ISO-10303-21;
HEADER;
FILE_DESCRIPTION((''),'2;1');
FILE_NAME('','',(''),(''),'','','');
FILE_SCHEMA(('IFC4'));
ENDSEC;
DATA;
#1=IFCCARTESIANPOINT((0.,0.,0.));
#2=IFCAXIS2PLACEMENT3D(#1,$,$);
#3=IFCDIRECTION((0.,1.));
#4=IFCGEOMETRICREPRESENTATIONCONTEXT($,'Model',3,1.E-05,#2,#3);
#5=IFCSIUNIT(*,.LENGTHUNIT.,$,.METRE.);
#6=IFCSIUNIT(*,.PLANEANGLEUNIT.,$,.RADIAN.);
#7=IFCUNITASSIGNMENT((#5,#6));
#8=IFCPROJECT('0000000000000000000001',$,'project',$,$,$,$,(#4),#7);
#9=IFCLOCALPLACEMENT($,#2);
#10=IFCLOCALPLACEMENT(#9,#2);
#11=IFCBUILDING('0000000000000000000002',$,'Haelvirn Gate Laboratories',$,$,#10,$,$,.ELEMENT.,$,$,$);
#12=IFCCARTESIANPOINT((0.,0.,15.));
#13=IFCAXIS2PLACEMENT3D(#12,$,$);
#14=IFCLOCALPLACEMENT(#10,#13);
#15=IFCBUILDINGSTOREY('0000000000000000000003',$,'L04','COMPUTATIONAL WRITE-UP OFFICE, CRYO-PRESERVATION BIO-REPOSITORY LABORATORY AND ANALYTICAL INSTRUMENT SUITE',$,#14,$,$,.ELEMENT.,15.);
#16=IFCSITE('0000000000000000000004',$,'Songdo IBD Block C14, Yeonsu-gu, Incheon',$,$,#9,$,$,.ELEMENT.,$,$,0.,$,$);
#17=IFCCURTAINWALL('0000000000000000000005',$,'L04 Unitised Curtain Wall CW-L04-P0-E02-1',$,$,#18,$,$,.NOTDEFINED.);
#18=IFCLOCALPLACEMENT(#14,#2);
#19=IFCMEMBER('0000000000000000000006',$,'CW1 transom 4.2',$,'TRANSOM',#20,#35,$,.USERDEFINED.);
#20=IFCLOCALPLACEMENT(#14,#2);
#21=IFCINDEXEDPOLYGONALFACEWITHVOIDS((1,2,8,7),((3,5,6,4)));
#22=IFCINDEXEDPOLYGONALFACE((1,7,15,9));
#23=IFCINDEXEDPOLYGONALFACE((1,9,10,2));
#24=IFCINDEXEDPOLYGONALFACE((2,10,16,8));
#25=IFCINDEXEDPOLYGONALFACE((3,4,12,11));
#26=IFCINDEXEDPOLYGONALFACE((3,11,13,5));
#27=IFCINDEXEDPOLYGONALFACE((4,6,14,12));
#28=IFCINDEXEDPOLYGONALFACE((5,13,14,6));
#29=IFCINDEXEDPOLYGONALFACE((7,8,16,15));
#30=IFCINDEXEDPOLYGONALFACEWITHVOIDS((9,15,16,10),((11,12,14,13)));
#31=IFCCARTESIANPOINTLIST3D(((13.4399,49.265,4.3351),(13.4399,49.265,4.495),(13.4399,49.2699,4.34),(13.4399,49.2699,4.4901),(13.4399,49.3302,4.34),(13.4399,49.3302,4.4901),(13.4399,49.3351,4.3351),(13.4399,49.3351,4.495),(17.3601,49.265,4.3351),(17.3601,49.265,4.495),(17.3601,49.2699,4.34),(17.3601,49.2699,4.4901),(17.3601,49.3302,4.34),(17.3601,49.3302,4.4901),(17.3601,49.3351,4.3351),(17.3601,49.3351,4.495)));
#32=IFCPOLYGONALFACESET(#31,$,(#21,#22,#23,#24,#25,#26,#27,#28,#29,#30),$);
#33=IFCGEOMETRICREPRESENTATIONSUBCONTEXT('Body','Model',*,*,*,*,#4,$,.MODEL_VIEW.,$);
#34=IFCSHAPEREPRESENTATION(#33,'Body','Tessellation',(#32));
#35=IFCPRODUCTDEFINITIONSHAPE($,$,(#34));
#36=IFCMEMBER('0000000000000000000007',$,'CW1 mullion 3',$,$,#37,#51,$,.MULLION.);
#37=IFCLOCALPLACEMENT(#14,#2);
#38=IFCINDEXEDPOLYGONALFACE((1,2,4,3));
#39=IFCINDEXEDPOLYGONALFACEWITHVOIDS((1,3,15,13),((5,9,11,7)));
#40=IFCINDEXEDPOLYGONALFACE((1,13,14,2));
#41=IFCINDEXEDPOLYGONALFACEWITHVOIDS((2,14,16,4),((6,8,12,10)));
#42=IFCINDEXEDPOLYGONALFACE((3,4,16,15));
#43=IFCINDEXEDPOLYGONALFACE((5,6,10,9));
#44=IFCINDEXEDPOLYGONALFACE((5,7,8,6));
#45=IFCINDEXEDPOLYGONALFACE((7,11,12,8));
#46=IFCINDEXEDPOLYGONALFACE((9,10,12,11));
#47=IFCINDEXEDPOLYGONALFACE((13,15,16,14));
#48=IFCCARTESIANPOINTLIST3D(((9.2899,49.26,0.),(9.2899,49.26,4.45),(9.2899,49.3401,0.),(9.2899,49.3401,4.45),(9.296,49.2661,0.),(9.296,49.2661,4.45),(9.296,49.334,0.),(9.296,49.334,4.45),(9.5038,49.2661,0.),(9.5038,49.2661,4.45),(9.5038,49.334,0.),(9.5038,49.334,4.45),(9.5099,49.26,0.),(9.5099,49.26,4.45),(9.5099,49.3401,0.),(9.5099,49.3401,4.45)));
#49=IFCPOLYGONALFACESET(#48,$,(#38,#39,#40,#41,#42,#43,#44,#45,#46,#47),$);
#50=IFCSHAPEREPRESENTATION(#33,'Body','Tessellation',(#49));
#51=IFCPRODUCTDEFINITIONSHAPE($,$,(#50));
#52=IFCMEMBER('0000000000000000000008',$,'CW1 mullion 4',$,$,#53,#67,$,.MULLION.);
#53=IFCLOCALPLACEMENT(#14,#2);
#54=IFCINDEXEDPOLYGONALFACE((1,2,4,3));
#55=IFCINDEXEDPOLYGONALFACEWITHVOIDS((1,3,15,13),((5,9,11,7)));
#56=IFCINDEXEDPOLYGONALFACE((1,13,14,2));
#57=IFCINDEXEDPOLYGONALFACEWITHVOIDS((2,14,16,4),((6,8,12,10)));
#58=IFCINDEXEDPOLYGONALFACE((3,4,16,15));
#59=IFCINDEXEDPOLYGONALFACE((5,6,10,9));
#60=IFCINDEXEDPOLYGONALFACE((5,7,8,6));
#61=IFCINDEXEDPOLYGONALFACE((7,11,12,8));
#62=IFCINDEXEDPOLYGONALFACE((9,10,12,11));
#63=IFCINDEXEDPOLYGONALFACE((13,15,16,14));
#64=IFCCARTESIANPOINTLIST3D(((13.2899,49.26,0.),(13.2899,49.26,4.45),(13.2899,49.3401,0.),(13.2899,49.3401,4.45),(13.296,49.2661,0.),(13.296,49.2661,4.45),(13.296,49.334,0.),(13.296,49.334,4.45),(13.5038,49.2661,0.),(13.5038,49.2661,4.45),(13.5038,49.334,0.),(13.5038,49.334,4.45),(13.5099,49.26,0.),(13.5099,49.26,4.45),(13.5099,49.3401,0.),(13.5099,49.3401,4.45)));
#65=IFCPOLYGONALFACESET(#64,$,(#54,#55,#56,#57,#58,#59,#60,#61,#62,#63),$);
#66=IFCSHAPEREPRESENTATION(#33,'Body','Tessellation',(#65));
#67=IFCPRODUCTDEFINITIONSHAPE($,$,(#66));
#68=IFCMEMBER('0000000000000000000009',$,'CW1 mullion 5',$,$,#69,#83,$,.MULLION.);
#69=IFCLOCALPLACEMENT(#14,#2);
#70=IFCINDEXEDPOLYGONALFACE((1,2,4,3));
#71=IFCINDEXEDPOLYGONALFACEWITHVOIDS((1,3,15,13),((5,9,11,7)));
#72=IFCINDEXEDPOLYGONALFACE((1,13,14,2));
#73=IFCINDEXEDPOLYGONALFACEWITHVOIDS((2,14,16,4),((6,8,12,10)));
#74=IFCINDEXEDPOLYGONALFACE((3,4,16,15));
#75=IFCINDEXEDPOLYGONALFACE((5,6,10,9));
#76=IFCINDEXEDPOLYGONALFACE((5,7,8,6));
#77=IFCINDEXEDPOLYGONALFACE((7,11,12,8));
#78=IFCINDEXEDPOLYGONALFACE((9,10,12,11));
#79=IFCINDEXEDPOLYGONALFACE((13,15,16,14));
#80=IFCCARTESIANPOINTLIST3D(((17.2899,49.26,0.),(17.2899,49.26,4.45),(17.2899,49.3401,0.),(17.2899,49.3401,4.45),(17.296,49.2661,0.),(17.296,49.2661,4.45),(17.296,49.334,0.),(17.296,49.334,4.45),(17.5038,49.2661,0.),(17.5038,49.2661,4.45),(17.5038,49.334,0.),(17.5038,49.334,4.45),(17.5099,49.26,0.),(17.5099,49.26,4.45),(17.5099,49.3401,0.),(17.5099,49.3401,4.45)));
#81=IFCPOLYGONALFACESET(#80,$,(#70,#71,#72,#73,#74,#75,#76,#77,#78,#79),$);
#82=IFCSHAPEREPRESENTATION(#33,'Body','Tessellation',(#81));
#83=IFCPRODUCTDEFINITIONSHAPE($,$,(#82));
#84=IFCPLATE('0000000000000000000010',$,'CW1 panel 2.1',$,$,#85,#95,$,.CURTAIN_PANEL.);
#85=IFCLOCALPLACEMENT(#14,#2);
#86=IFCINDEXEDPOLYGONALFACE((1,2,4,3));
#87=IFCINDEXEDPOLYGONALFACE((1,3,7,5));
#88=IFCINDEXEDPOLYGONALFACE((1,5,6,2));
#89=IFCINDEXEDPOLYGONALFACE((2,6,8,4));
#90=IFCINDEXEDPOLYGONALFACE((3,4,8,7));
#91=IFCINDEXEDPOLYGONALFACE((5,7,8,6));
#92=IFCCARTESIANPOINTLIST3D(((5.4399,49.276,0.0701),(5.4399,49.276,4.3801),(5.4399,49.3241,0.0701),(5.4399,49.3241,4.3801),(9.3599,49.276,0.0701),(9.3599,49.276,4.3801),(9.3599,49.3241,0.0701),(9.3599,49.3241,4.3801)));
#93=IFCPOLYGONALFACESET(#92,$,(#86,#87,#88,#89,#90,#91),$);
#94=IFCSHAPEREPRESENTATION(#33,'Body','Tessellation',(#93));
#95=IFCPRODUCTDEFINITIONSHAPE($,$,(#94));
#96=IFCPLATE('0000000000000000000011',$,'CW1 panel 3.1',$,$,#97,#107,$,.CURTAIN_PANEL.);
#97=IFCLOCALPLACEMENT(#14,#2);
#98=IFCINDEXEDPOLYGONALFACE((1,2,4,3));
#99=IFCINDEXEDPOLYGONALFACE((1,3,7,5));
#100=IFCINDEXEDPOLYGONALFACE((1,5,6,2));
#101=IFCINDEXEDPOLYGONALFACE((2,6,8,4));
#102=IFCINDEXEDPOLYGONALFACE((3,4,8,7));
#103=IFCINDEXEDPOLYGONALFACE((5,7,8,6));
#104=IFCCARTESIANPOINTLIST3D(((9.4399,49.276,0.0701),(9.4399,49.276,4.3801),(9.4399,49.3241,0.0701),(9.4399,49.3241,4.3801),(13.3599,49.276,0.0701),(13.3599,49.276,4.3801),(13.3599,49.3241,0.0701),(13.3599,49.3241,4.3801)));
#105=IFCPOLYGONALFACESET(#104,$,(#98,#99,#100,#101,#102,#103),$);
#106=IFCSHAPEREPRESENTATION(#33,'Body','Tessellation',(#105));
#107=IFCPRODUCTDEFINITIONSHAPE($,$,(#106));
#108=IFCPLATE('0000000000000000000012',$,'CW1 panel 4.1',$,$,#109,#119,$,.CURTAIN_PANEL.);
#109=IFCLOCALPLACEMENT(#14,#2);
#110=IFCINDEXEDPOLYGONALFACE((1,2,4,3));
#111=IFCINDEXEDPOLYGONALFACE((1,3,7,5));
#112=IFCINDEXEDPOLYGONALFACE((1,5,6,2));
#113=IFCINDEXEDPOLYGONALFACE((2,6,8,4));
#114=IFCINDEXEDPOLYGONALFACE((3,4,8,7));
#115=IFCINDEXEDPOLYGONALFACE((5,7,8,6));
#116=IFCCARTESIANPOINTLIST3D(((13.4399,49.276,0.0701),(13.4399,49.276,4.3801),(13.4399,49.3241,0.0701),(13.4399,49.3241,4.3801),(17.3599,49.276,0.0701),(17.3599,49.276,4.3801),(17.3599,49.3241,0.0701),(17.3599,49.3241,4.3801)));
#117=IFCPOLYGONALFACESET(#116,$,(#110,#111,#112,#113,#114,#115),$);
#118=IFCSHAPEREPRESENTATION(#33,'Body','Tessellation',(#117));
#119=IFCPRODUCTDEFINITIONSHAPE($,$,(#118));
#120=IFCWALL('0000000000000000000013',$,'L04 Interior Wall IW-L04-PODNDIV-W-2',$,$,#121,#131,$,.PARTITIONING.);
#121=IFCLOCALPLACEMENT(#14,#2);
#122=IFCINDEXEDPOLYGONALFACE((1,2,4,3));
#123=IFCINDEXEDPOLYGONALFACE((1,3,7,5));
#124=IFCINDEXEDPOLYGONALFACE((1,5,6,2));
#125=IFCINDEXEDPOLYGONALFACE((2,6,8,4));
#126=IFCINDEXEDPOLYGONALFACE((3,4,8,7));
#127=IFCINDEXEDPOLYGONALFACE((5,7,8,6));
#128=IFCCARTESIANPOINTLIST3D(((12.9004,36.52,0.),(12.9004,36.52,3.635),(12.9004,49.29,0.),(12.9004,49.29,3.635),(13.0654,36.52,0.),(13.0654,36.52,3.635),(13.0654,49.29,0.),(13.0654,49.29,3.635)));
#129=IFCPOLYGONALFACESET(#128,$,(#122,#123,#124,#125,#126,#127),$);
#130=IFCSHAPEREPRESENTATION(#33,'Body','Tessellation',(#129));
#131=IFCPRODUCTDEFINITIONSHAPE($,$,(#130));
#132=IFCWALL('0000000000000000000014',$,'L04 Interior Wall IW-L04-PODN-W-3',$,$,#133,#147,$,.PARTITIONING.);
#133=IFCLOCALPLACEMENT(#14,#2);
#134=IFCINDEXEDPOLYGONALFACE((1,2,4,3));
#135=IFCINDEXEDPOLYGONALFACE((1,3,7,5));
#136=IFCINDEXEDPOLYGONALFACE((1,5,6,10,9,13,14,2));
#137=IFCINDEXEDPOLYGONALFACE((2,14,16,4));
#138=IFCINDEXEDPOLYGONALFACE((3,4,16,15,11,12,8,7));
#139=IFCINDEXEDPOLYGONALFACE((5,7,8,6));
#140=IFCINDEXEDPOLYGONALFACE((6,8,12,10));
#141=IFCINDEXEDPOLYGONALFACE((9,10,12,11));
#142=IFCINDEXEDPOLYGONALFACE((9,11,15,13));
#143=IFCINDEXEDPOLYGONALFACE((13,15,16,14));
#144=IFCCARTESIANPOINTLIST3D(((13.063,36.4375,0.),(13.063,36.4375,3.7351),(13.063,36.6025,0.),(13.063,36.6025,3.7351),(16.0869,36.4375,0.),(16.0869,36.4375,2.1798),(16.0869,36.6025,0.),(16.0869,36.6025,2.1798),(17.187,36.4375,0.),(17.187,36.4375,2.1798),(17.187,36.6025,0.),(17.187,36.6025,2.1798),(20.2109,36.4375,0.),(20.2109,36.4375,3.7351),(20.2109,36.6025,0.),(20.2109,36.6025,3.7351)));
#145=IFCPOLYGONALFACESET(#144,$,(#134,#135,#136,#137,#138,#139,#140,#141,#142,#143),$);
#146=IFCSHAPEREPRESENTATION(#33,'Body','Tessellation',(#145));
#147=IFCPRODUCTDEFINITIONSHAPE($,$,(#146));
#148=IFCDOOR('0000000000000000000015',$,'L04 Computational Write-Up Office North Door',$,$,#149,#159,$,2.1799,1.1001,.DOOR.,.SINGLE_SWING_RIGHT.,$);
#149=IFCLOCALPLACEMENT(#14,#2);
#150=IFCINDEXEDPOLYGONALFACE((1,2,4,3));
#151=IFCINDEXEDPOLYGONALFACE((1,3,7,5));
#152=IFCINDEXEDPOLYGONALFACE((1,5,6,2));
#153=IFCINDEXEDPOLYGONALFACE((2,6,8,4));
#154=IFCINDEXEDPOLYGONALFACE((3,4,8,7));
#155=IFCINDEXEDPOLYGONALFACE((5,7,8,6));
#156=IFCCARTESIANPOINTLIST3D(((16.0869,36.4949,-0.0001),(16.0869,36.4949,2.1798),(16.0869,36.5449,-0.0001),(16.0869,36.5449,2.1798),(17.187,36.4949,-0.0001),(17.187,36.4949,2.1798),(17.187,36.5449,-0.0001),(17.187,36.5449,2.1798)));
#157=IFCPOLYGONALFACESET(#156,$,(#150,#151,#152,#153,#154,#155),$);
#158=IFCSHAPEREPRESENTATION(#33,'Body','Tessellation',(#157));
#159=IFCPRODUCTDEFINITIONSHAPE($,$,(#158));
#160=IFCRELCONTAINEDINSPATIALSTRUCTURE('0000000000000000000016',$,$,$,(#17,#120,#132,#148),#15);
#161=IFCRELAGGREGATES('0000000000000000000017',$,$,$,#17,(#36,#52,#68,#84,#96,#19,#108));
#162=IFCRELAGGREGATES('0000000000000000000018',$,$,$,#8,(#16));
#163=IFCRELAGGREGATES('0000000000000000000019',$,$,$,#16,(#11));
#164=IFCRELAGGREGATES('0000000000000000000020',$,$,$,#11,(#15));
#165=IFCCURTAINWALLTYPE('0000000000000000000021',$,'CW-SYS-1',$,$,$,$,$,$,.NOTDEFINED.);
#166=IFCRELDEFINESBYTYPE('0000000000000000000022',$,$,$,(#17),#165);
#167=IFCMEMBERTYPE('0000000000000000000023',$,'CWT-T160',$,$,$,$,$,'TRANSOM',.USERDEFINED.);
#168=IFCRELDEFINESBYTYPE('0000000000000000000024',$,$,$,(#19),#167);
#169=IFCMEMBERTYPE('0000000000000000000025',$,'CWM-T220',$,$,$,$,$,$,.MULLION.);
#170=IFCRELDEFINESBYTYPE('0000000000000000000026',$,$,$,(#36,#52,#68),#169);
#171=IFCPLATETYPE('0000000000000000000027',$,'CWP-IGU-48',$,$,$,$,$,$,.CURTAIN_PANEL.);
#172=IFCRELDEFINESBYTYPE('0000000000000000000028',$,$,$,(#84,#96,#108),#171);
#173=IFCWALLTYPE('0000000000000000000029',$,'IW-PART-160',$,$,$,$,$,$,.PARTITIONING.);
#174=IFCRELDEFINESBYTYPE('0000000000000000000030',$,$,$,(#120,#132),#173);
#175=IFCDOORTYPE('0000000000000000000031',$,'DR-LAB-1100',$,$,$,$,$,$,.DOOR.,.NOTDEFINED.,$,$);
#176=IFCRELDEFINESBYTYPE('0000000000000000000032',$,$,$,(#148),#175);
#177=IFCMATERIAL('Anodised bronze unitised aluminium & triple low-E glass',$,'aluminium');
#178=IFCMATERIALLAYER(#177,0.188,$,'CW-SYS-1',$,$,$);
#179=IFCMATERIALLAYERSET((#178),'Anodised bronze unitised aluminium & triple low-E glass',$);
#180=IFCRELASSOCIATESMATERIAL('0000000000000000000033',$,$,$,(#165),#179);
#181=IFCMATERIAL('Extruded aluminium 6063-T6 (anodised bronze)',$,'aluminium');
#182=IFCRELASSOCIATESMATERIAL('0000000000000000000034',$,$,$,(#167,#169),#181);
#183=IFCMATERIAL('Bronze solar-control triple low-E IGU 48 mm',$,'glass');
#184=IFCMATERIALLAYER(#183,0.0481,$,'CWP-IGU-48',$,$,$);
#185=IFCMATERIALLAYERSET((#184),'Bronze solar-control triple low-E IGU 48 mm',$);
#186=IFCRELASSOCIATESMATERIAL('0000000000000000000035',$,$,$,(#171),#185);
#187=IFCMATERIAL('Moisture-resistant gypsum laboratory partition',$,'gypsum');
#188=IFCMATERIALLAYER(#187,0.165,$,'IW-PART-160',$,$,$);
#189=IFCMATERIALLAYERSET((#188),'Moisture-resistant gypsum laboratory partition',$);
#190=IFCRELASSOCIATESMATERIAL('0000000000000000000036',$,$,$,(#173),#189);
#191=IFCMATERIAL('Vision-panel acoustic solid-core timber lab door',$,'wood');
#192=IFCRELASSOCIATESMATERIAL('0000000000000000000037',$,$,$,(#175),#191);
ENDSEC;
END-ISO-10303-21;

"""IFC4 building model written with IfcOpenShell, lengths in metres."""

from ifc_helpers import new_model, si_unit, direction, frame, frame_2d, origin, origin_2d, place, context, subcontext, project, spatial, rectangle, hollow_rectangle, extrude, source, transform, mapped, material, layer, layer_set, material_profile, profile_set, type_object, type_shapes, element, fill, aggregate, save


model = new_model("IFC4")

# Units and contexts
model_context = context("Model", 3, precision=1e-05, world=origin(), true_north=direction((0.0, 1.0)))
body_context = subcontext(model_context, "Body", "Model", "MODEL_VIEW")
ifc_project = project(units=[si_unit("LENGTHUNIT", "METRE"), si_unit("PLANEANGLEUNIT", "RADIAN")], contexts=[model_context])

# Site, building, storey
site_placement = place(None, origin())
site = spatial("IfcSite", under=ifc_project, at=site_placement, Name="Songdo IBD Block C14, Yeonsu-gu, Incheon", CompositionType="ELEMENT", RefElevation=0.0)
building_placement = place(site_placement, origin())
building = spatial("IfcBuilding", under=site, at=building_placement, Name="Haelvirn Gate Laboratories", CompositionType="ELEMENT")
storey_placement = place(building_placement, frame((0.0, 0.0, 15.0)))
storey = spatial("IfcBuildingStorey", under=building, at=storey_placement, Name="L04", Description="COMPUTATIONAL WRITE-UP OFFICE, CRYO-PRESERVATION BIO-REPOSITORY LABORATORY AND ANALYTICAL INSTRUMENT SUITE", CompositionType="ELEMENT", Elevation=15.0)

# Curtain wall, members, plates
ifc_material_1 = material(Name="Anodised bronze unitised aluminium & triple low-E glass", Category="aluminium")
ifc_layer_1 = layer(ifc_material_1, 0.188, Name="CW-SYS-1")
ifc_layer_set_1 = layer_set([ifc_layer_1], Name="Anodised bronze unitised aluminium & triple low-E glass")
curtain_wall_type = type_object("IfcCurtainWallType", Name="CW-SYS-1", PredefinedType="NOTDEFINED", material=ifc_layer_set_1)
curtain_wall_placement = place(storey_placement, origin())
curtain_wall = element("IfcCurtainWall", 1, at=curtain_wall_placement, inside=storey, type_object=curtain_wall_type, Name="L04 Unitised Curtain Wall CW-L04-P0-E02-1", PredefinedType="NOTDEFINED")
ifc_material_2 = material(Name="Extruded aluminium 6063-T6 (anodised bronze)", Category="aluminium")
ifc_material_profile_1 = material_profile(ifc_material_2, hollow_rectangle(XDim=0.0701, YDim=0.1599, WallThickness=0.0049, at=origin_2d()), Name="CWT-160x70x5")
ifc_profile_set_1 = profile_set([ifc_material_profile_1], Name="Extruded aluminium 6063-T6 (anodised bronze)")
member_type_1 = type_object("IfcMemberType", Name="CWT-T160", ElementType="TRANSOM", PredefinedType="USERDEFINED", material=ifc_profile_set_1)
shared_shape_1 = source(origin(), body_context, "Body", "SweptSolid", [
    extrude(hollow_rectangle(XDim=0.0701, YDim=0.1599, WallThickness=0.0049, at=origin_2d()), origin(), (0.0, 0.0, 1.0), 3.9202),
])
type_shapes(member_type_1, [shared_shape_1])
member_1_placement = place(storey_placement, frame((13.4399, 49.3, 4.415), z_axis=(1.0, 0.0, 0.0), x_axis=(0.0, 1.0, 0.0)))
member_1 = element("IfcMember", 2, at=member_1_placement, type_object=member_type_1, Name="CW1 transom 4.2", ObjectType="TRANSOM", PredefinedType="USERDEFINED", context=body_context, shape_type="MappedRepresentation", body=[
    mapped(shared_shape_1, transform((0.0, 0.0, 0.0), scale=1.0)),
])
ifc_material_profile_2 = material_profile(ifc_material_2, hollow_rectangle(XDim=0.0801, YDim=0.22, WallThickness=0.0061, at=origin_2d()), Name="CWM-220x80x6")
ifc_profile_set_2 = profile_set([ifc_material_profile_2], Name="Extruded aluminium 6063-T6 (anodised bronze)")
member_type_2 = type_object("IfcMemberType", Name="CWM-T220", PredefinedType="MULLION", material=ifc_profile_set_2)
shared_shape_2 = source(origin(), body_context, "Body", "SweptSolid", [
    extrude(hollow_rectangle(XDim=0.0801, YDim=0.22, WallThickness=0.0061, at=origin_2d()), origin(), (0.0, 0.0, 1.0), 4.45),
])
type_shapes(member_type_2, [shared_shape_2])
member_2_placement = place(storey_placement, frame((9.3999, 49.3, 0.0), z_axis=(0.0, 0.0, 1.0), x_axis=(0.0, 1.0, 0.0)))
member_2 = element("IfcMember", 3, at=member_2_placement, type_object=member_type_2, Name="CW1 mullion 3", PredefinedType="MULLION", context=body_context, shape_type="MappedRepresentation", body=[
    mapped(shared_shape_2, transform((0.0, 0.0, 0.0), scale=1.0)),
])
member_3_placement = place(storey_placement, frame((13.3999, 49.3, 0.0), z_axis=(0.0, 0.0, 1.0), x_axis=(0.0, 1.0, 0.0)))
member_3 = element("IfcMember", 4, at=member_3_placement, type_object=member_type_2, Name="CW1 mullion 4", PredefinedType="MULLION", context=body_context, shape_type="MappedRepresentation", body=[
    mapped(shared_shape_2, transform((0.0, 0.0, 0.0), scale=1.0)),
])
member_4_placement = place(storey_placement, frame((17.3999, 49.3, 0.0), z_axis=(0.0, 0.0, 1.0), x_axis=(0.0, 1.0, 0.0)))
member_4 = element("IfcMember", 5, at=member_4_placement, type_object=member_type_2, Name="CW1 mullion 5", PredefinedType="MULLION", context=body_context, shape_type="MappedRepresentation", body=[
    mapped(shared_shape_2, transform((0.0, 0.0, 0.0), scale=1.0)),
])
ifc_material_3 = material(Name="Bronze solar-control triple low-E IGU 48 mm", Category="glass")
ifc_layer_2 = layer(ifc_material_3, 0.0481, Name="CWP-IGU-48")
ifc_layer_set_2 = layer_set([ifc_layer_2], Name="Bronze solar-control triple low-E IGU 48 mm")
plate_type = type_object("IfcPlateType", Name="CWP-IGU-48", PredefinedType="CURTAIN_PANEL", material=ifc_layer_set_2)
shared_shape_3 = source(origin(), body_context, "Body", "SweptSolid", [
    extrude(rectangle(XDim=3.9199, YDim=0.0481, at=origin_2d()), origin(), (0.0, 0.0, 1.0), 4.3101),
])
type_shapes(plate_type, [shared_shape_3])
plate_1_placement = place(storey_placement, frame((7.3999, 49.3, 0.0701), z_axis=(0.0, 0.0, 1.0), x_axis=(1.0, 0.0, 0.0)))
plate_1 = element("IfcPlate", 6, at=plate_1_placement, type_object=plate_type, Name="CW1 panel 2.1", PredefinedType="CURTAIN_PANEL", context=body_context, shape_type="MappedRepresentation", body=[
    mapped(shared_shape_3, transform((0.0, 0.0, 0.0), scale=1.0)),
])
plate_2_placement = place(storey_placement, frame((11.3999, 49.3, 0.0701), z_axis=(0.0, 0.0, 1.0), x_axis=(1.0, 0.0, 0.0)))
plate_2 = element("IfcPlate", 7, at=plate_2_placement, type_object=plate_type, Name="CW1 panel 3.1", PredefinedType="CURTAIN_PANEL", context=body_context, shape_type="MappedRepresentation", body=[
    mapped(shared_shape_3, transform((0.0, 0.0, 0.0), scale=1.0)),
])
plate_3_placement = place(storey_placement, frame((15.3999, 49.3, 0.0701), z_axis=(0.0, 0.0, 1.0), x_axis=(1.0, 0.0, 0.0)))
plate_3 = element("IfcPlate", 8, at=plate_3_placement, type_object=plate_type, Name="CW1 panel 4.1", PredefinedType="CURTAIN_PANEL", context=body_context, shape_type="MappedRepresentation", body=[
    mapped(shared_shape_3, transform((0.0, 0.0, 0.0), scale=1.0)),
])
aggregate(curtain_wall, [member_2, member_3, member_4, plate_1, plate_2, member_1, plate_3])

# Wall
ifc_material_4 = material(Name="Moisture-resistant gypsum laboratory partition", Category="gypsum")
ifc_layer_3 = layer(ifc_material_4, 0.165, Name="IW-PART-160")
ifc_layer_set_3 = layer_set([ifc_layer_3], Name="Moisture-resistant gypsum laboratory partition")
wall_type = type_object("IfcWallType", Name="IW-PART-160", PredefinedType="PARTITIONING", material=ifc_layer_set_3)
wall_1_placement = place(storey_placement, frame((12.9829, 36.52, 0.0), z_axis=(0.0, 0.0, 1.0), x_axis=(0.0, 1.0, 0.0)))
element("IfcWall", 9, at=wall_1_placement, inside=storey, type_object=wall_type, Name="L04 Interior Wall IW-L04-PODNDIV-W-2", PredefinedType="PARTITIONING", context=body_context, shape_type="SweptSolid", body=[
    extrude(rectangle(XDim=12.77, YDim=0.165, at=frame_2d((6.385, 0.0))), origin(), (0.0, 0.0, 1.0), 3.635),
])

# Wall, opening, door
wall_2_placement = place(storey_placement, frame((13.063, 36.52, 0.0), z_axis=(0.0, 0.0, 1.0), x_axis=(1.0, 0.0, 0.0)))
wall_2 = element("IfcWall", 10, at=wall_2_placement, inside=storey, type_object=wall_type, Name="L04 Interior Wall IW-L04-PODN-W-3", PredefinedType="PARTITIONING", context=body_context, shape_type="SweptSolid", body=[
    extrude(rectangle(XDim=7.1479, YDim=0.165, at=frame_2d((3.574, 0.0))), origin(), (0.0, 0.0, 1.0), 3.7351),
])
opening_placement = place(wall_2_placement, frame((3.0239, 0.0, 0.0)))
opening = element("IfcOpeningElement", 11, at=opening_placement, cuts=wall_2, PredefinedType="OPENING", context=body_context, shape_type="SweptSolid", body=[
    extrude(rectangle(XDim=1.1001, YDim=2.1799, at=frame_2d((0.55, 1.0898))), frame((0.0, 0.0925, 0.0), z_axis=(0.0, -1.0, 0.0), x_axis=(1.0, 0.0, 0.0)), (0.0, 0.0, 1.0), 0.1851),
])
ifc_material_5 = material(Name="Vision-panel acoustic solid-core timber lab door", Category="wood")
door_type = type_object("IfcDoorType", Name="DR-LAB-1100", OperationType="NOTDEFINED", PredefinedType="DOOR", material=ifc_material_5)
shared_shape_4 = source(origin(), body_context, "Body", "SweptSolid", [
    extrude(rectangle(XDim=1.1001, YDim=2.1799, at=frame_2d((0.55, 1.0898))), frame((0.0, 0.0249, 0.0), z_axis=(0.0, -1.0, 0.0), x_axis=(1.0, 0.0, 0.0)), (0.0, 0.0, 1.0), 0.05),
])
type_shapes(door_type, [shared_shape_4])
door_placement = place(opening_placement, origin())
door = element("IfcDoor", 12, at=door_placement, inside=storey, type_object=door_type, Name="L04 Computational Write-Up Office North Door", OperationType="SINGLE_SWING_RIGHT", OverallHeight=2.1799, OverallWidth=1.1001, PredefinedType="DOOR", context=body_context, shape_type="MappedRepresentation", body=[
    mapped(shared_shape_4, transform((0.0, 0.0, 0.0), scale=1.0)),
])
fill(opening, door)

save(model, "model.ifc")
